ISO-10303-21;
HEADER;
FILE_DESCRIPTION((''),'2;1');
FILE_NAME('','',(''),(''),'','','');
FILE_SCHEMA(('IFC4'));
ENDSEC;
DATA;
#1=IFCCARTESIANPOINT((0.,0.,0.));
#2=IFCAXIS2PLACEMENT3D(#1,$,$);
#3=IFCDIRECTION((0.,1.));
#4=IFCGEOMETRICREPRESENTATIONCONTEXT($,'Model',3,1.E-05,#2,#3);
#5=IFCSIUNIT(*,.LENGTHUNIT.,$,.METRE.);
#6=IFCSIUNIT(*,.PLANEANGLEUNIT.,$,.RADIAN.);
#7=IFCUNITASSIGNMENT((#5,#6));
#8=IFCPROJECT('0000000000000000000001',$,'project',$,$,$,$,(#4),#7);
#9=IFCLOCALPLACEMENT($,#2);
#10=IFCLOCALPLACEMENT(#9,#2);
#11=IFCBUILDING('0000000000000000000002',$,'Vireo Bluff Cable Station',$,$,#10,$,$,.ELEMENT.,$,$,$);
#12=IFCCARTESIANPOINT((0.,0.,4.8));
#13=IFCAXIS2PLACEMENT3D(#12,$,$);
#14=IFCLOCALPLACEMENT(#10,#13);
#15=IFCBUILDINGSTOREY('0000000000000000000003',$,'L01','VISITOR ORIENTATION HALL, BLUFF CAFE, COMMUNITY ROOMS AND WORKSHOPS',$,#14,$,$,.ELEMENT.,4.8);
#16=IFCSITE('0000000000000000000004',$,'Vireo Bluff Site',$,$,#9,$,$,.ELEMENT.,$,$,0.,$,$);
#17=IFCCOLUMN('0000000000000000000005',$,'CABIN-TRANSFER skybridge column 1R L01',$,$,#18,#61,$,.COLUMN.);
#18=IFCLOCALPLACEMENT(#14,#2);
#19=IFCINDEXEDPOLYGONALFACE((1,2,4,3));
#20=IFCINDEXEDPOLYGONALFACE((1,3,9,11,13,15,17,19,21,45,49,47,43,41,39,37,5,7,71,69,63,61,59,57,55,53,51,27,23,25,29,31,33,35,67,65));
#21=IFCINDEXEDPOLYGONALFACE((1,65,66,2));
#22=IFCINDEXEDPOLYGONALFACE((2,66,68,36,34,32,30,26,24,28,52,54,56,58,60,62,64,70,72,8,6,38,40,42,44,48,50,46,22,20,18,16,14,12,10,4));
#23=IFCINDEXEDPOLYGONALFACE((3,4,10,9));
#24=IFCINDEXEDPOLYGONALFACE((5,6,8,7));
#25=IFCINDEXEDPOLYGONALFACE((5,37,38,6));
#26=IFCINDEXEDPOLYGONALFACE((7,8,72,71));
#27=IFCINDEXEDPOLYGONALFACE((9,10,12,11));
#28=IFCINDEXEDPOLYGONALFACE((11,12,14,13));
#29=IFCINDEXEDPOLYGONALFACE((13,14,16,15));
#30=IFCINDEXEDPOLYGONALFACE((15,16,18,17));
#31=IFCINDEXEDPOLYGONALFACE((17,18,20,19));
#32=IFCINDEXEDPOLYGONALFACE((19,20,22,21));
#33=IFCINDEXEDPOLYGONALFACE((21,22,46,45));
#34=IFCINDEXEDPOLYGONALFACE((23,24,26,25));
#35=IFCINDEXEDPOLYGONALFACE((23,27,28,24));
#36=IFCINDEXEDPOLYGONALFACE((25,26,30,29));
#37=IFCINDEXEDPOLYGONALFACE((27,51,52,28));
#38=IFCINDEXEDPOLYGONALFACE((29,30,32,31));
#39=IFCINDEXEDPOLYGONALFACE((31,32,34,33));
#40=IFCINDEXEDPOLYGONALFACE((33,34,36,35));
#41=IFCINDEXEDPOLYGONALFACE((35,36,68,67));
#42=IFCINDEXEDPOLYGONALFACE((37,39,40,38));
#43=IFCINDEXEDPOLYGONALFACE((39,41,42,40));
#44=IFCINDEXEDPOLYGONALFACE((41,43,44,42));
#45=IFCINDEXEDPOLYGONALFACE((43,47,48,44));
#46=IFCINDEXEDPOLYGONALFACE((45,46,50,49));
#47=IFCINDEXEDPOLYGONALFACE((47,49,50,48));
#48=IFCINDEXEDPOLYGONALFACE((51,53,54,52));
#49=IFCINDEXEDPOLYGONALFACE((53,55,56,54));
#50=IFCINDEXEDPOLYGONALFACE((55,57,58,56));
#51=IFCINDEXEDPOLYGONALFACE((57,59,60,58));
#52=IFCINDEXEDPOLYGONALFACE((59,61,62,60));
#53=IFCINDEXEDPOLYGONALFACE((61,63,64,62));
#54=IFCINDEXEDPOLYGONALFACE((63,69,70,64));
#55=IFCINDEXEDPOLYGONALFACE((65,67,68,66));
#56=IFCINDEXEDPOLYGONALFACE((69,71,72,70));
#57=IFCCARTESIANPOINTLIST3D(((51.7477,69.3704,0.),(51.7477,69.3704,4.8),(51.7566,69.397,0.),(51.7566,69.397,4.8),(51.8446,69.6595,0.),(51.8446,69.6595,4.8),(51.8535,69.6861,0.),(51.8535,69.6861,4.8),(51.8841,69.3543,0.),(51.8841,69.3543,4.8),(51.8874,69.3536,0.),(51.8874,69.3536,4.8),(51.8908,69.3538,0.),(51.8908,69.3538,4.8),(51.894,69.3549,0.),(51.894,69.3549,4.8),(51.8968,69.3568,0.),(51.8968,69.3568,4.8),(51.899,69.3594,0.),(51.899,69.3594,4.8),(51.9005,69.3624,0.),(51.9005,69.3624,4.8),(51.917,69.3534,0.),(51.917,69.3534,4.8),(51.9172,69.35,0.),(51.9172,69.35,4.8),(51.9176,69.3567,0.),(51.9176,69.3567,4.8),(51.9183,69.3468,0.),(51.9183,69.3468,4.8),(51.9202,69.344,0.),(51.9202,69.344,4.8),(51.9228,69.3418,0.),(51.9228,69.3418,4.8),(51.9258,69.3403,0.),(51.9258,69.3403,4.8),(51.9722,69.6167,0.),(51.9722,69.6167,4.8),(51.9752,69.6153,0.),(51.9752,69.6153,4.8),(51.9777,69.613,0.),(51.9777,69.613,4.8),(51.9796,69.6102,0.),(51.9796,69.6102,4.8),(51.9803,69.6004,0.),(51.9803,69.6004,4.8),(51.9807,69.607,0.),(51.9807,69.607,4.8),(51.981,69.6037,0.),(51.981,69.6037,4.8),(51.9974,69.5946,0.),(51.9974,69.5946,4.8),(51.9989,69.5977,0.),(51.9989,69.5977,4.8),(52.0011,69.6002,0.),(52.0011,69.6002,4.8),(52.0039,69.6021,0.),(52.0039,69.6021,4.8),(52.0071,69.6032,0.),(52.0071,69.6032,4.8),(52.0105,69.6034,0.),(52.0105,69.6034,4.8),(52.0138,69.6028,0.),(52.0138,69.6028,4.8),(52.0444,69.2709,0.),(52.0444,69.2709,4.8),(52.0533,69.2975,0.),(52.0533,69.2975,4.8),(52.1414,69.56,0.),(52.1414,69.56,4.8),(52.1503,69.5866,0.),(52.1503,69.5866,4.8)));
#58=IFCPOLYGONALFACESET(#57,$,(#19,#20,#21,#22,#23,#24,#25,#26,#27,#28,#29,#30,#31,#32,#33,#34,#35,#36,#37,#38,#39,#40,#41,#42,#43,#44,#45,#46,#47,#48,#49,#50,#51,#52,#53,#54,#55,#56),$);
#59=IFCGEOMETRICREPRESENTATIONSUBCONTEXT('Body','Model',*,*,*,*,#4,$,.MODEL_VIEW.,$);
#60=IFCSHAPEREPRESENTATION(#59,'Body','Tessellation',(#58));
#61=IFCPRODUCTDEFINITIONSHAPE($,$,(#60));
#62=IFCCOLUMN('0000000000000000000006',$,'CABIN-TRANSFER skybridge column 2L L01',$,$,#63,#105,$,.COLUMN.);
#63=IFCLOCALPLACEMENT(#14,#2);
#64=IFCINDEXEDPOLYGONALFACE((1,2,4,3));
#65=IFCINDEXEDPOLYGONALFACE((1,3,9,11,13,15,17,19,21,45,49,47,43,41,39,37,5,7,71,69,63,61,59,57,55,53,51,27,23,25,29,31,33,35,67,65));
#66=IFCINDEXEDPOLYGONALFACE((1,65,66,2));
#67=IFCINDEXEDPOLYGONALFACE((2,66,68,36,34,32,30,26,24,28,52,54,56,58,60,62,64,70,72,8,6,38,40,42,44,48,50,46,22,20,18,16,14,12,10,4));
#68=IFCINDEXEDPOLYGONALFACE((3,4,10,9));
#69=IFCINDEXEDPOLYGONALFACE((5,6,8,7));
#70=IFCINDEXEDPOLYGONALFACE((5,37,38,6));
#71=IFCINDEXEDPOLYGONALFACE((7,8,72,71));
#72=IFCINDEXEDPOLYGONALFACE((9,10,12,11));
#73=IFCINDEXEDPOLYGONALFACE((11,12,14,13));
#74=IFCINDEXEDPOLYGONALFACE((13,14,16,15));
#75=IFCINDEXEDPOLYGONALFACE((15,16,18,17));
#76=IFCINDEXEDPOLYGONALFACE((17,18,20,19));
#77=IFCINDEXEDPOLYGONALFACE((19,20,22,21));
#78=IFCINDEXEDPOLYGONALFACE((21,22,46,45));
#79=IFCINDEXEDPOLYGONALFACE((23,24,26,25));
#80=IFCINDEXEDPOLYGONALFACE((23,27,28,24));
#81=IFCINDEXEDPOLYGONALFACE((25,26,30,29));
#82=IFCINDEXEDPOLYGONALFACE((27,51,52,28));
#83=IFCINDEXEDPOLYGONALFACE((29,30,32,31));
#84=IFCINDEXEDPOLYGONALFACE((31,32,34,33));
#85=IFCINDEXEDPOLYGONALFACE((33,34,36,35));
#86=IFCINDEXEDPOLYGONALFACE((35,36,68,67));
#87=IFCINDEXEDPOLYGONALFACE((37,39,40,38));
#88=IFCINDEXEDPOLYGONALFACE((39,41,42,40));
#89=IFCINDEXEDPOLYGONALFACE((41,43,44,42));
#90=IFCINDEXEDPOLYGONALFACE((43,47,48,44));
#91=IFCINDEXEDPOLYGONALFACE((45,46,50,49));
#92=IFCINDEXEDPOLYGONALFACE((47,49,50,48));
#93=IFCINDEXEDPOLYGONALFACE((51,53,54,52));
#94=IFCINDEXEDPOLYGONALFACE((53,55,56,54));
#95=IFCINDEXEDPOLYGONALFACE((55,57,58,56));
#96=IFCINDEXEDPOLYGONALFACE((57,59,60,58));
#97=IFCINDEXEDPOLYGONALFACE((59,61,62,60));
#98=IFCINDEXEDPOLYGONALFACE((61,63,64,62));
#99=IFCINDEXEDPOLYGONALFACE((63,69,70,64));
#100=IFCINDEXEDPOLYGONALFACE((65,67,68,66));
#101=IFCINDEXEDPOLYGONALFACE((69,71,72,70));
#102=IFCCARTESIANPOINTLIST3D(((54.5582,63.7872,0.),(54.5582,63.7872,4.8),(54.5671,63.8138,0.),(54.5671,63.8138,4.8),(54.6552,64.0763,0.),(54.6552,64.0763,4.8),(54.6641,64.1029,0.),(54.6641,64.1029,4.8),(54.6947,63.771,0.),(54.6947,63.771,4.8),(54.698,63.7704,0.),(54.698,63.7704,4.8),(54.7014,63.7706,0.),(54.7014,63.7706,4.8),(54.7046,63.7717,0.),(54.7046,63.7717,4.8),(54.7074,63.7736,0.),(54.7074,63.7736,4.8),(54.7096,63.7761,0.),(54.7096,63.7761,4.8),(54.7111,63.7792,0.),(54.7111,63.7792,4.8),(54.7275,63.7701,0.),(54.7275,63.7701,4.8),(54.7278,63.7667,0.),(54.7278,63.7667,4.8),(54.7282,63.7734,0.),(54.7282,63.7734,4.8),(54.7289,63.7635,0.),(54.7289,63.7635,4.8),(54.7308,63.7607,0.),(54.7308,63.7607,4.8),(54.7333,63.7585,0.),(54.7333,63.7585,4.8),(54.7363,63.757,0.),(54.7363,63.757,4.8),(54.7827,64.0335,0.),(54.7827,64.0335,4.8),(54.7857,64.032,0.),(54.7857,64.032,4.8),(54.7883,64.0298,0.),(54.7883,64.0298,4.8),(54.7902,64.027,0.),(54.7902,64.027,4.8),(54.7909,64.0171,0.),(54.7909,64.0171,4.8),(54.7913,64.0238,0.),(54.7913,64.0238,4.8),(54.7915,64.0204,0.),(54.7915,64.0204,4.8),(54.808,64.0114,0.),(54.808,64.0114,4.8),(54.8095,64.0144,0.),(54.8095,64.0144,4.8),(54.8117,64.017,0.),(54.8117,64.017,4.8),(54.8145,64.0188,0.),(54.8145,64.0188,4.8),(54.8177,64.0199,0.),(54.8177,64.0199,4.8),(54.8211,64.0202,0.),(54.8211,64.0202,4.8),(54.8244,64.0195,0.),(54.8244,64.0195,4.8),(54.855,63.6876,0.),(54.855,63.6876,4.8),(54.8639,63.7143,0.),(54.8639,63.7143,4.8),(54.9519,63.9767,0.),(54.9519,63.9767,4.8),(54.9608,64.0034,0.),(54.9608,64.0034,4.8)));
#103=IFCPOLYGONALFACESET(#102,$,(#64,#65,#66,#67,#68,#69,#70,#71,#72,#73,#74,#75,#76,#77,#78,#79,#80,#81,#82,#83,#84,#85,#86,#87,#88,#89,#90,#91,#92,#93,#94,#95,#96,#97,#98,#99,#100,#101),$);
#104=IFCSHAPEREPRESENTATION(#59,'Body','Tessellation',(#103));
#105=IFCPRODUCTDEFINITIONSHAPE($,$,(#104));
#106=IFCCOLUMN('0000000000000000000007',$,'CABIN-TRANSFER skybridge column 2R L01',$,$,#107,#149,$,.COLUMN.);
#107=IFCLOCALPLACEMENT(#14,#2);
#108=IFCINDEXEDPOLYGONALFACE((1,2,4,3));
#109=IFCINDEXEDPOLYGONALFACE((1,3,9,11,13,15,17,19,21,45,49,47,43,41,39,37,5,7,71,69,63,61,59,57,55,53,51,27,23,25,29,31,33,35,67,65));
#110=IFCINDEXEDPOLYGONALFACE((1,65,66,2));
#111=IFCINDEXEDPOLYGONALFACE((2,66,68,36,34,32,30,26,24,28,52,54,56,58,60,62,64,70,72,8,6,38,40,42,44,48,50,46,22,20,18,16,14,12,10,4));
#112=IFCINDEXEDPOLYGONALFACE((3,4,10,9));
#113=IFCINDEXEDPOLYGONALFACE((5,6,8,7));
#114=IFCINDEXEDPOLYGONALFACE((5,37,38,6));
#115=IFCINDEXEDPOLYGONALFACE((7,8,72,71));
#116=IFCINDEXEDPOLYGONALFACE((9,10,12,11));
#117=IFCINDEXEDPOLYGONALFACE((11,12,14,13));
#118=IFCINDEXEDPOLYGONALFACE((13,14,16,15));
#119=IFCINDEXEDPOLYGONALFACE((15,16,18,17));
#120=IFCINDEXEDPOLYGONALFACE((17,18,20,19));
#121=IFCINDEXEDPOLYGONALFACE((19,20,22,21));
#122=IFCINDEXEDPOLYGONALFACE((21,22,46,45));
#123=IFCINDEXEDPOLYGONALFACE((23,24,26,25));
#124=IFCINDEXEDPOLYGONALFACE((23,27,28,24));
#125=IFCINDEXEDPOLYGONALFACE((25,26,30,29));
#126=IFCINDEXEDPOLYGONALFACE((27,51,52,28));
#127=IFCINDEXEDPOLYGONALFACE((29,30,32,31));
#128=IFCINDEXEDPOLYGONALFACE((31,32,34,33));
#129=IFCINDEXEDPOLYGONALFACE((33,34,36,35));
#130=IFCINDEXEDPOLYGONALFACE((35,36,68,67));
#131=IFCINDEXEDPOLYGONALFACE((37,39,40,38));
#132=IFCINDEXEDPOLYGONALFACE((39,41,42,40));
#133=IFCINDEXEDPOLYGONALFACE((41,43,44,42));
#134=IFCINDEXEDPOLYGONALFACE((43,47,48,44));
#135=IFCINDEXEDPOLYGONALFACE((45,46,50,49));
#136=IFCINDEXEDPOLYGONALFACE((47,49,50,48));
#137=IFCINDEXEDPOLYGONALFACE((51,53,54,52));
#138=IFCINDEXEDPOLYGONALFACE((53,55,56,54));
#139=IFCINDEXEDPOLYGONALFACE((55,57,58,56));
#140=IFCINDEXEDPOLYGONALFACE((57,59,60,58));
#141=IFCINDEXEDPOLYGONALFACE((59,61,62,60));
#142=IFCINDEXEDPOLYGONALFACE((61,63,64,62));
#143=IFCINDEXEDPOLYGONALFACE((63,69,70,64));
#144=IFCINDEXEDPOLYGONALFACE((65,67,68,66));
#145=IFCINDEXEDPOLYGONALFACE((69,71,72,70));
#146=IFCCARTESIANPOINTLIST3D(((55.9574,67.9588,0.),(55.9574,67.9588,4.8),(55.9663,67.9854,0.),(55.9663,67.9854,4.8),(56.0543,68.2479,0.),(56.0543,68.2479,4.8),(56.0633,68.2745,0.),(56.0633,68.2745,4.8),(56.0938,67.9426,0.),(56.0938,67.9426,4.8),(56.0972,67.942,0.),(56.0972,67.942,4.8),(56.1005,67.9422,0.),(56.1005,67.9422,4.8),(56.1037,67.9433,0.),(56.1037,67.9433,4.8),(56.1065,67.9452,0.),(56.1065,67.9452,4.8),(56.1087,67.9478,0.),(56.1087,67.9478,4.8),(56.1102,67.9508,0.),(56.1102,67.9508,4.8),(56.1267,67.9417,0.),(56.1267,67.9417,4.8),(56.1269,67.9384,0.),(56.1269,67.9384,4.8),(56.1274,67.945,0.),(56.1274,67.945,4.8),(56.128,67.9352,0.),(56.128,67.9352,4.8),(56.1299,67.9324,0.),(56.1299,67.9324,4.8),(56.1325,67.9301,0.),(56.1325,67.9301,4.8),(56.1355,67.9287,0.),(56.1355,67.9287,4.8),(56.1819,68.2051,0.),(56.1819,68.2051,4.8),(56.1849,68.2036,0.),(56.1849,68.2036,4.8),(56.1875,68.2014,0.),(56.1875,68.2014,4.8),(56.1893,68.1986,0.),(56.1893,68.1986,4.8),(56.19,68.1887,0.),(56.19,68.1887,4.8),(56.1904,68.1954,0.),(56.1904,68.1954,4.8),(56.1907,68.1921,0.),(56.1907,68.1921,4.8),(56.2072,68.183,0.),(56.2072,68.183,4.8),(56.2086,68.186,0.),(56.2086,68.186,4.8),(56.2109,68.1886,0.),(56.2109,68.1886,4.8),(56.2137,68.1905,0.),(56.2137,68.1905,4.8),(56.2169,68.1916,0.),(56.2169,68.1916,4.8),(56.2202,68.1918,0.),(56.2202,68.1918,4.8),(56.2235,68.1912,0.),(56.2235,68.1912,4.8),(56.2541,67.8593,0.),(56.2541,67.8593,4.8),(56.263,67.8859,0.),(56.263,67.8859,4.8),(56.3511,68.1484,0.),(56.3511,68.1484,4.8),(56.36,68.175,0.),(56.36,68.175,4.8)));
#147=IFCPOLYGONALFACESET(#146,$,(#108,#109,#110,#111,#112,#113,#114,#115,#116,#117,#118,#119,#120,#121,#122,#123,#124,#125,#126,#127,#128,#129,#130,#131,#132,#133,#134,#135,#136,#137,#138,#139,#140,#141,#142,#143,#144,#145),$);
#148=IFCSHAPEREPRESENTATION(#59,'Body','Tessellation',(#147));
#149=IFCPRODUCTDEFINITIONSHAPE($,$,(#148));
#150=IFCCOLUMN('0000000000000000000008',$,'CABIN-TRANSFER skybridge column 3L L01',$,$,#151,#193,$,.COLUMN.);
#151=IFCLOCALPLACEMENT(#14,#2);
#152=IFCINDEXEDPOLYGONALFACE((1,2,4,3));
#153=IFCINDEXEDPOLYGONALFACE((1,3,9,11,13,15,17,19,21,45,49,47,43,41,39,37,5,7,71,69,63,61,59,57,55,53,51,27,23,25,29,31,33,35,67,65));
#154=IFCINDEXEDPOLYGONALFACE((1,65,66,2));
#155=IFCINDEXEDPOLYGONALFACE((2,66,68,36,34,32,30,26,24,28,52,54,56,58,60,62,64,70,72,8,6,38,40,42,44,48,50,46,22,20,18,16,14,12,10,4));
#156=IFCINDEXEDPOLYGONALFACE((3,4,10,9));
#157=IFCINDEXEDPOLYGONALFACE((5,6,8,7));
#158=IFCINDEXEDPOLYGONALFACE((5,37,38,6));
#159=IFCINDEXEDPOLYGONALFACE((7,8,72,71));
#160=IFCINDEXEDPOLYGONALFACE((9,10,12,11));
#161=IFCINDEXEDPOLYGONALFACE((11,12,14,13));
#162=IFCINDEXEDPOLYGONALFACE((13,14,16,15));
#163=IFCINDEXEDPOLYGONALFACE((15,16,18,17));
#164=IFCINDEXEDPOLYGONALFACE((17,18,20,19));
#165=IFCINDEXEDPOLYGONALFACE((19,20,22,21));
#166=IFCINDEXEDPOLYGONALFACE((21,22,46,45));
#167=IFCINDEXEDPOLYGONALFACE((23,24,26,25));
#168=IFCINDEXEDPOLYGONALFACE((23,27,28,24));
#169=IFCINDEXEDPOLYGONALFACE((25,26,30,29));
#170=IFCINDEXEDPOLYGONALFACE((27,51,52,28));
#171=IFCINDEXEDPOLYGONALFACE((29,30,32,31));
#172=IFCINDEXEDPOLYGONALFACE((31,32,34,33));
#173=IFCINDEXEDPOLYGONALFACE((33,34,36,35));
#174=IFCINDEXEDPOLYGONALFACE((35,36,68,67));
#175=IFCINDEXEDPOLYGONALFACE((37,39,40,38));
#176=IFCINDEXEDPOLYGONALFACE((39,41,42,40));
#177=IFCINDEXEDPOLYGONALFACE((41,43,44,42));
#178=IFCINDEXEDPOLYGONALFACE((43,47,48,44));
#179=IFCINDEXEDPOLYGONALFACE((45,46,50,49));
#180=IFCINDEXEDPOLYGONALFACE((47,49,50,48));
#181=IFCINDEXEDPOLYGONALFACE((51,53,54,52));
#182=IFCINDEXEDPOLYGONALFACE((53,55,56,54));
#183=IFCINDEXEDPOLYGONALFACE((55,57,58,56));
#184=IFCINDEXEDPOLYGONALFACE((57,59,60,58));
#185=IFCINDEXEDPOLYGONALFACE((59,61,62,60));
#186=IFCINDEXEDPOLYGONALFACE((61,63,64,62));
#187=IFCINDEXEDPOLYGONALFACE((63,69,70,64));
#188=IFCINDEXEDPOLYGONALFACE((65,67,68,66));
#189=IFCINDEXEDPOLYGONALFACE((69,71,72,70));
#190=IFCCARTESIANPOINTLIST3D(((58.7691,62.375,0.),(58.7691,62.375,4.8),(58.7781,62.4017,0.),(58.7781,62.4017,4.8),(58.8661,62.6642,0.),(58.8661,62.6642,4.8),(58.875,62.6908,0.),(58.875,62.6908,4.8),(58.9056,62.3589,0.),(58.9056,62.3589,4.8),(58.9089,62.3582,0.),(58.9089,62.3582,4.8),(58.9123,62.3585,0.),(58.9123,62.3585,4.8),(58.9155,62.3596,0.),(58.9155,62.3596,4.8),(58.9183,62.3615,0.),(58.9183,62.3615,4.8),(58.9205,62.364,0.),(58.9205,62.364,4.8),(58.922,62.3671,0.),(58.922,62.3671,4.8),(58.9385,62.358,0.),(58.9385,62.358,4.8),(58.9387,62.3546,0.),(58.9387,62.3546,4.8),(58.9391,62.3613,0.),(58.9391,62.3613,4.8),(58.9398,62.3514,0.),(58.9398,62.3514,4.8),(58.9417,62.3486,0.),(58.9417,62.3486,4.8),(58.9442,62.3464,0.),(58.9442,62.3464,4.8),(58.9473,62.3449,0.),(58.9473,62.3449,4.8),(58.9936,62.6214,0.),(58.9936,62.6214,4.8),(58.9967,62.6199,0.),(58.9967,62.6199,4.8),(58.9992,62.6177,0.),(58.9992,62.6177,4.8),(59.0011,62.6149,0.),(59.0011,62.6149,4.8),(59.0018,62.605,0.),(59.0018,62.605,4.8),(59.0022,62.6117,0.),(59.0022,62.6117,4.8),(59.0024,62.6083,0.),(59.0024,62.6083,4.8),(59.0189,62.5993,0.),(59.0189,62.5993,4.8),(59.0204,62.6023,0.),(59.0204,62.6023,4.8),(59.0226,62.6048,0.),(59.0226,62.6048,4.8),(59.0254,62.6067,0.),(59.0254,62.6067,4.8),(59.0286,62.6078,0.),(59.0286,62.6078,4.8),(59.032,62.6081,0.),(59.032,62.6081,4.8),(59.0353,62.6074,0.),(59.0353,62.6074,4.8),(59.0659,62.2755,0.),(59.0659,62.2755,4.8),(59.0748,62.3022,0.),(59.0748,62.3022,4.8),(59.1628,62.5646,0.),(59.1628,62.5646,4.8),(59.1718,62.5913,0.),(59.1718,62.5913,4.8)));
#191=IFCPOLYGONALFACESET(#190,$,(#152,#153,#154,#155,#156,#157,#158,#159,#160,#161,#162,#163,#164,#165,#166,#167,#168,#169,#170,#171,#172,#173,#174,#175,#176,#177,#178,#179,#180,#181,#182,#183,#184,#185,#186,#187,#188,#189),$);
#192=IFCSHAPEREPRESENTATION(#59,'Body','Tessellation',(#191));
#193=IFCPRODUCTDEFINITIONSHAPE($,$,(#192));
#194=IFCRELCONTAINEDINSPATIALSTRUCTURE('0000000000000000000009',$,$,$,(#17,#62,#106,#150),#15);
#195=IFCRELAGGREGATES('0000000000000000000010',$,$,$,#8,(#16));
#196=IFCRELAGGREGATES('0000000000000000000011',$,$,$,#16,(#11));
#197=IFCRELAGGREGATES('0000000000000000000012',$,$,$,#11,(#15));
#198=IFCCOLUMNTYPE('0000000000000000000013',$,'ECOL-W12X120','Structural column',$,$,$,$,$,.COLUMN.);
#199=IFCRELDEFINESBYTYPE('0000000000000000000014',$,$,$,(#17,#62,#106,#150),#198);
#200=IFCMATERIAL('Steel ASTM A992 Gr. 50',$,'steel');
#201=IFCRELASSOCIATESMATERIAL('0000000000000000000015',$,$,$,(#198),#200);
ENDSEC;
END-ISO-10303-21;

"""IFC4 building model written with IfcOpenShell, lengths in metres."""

from ifc_helpers import new_model, si_unit, direction, frame, origin, origin_2d, place, context, subcontext, project, spatial, i_section, extrude, material, material_profile, profile_set, type_object, element, save


model = new_model("IFC4")

# Units and contexts
model_context = context("Model", 3, precision=1e-05, world=origin(), true_north=direction((0.0, 1.0)))
body_context = subcontext(model_context, "Body", "Model", "MODEL_VIEW")
ifc_project = project(units=[si_unit("LENGTHUNIT", "METRE"), si_unit("PLANEANGLEUNIT", "RADIAN")], contexts=[model_context])

# Site, building, storey
site_placement = place(None, origin())
site = spatial("IfcSite", under=ifc_project, at=site_placement, Name="Vireo Bluff Site", CompositionType="ELEMENT", RefElevation=0.0)
building_placement = place(site_placement, origin())
building = spatial("IfcBuilding", under=site, at=building_placement, Name="Vireo Bluff Cable Station", CompositionType="ELEMENT")
storey_placement = place(building_placement, frame((0.0, 0.0, 4.8)))
storey = spatial("IfcBuildingStorey", under=building, at=storey_placement, Name="L01", Description="VISITOR ORIENTATION HALL, BLUFF CAFE, COMMUNITY ROOMS AND WORKSHOPS", CompositionType="ELEMENT", Elevation=4.8)

# Columns
ifc_material_1 = material(Name="Steel ASTM A992 Gr. 50", Category="steel")
ifc_material_profile_1 = material_profile(ifc_material_1, i_section(OverallWidth=0.313, OverallDepth=0.333, WebThickness=0.0181, FlangeThickness=0.0281, FilletRadius=0.0129, at=origin_2d()), Name="W12X120")
ifc_profile_set_1 = profile_set([ifc_material_profile_1], Name="Steel ASTM A992 Gr. 50")
column_type_1 = type_object("IfcColumnType", Name="ECOL-W12X120", Description="Structural column", PredefinedType="COLUMN", material=ifc_profile_set_1)
for number, where, z_axis, x_axis, name in (
    (1, (51.949, 69.4785, 0.0), (0.0, 0.0, 1.0), (0.948105, -0.317958, 0.0), "CABIN-TRANSFER skybridge column 1R L01"),
    (2, (54.7595, 63.8953, 0.0), (0.0, 0.0, 1.0), (0.948105, -0.317958, 0.0), "CABIN-TRANSFER skybridge column 2L L01"),
    (3, (56.1587, 68.0669, 0.0), (0.0, 0.0, 1.0), (0.948105, -0.317958, 0.0), "CABIN-TRANSFER skybridge column 2R L01"),
    (4, (58.9705, 62.4832, 0.0), (0.0, 0.0, 1.0), (0.948105, -0.317958, 0.0), "CABIN-TRANSFER skybridge column 3L L01"),
):
    element("IfcColumn", number, at=place(storey_placement, frame(where, z_axis=z_axis, x_axis=x_axis)), inside=storey, type_object=column_type_1, Name=name, PredefinedType="COLUMN", context=body_context, shape_type="SweptSolid", body=[
        extrude(i_section(OverallWidth=0.313, OverallDepth=0.333, WebThickness=0.0181, FlangeThickness=0.0281, FilletRadius=0.0129, at=origin_2d()), origin(), (0.0, 0.0, 1.0), 4.8),
    ])

save(model, "model.ifc")
